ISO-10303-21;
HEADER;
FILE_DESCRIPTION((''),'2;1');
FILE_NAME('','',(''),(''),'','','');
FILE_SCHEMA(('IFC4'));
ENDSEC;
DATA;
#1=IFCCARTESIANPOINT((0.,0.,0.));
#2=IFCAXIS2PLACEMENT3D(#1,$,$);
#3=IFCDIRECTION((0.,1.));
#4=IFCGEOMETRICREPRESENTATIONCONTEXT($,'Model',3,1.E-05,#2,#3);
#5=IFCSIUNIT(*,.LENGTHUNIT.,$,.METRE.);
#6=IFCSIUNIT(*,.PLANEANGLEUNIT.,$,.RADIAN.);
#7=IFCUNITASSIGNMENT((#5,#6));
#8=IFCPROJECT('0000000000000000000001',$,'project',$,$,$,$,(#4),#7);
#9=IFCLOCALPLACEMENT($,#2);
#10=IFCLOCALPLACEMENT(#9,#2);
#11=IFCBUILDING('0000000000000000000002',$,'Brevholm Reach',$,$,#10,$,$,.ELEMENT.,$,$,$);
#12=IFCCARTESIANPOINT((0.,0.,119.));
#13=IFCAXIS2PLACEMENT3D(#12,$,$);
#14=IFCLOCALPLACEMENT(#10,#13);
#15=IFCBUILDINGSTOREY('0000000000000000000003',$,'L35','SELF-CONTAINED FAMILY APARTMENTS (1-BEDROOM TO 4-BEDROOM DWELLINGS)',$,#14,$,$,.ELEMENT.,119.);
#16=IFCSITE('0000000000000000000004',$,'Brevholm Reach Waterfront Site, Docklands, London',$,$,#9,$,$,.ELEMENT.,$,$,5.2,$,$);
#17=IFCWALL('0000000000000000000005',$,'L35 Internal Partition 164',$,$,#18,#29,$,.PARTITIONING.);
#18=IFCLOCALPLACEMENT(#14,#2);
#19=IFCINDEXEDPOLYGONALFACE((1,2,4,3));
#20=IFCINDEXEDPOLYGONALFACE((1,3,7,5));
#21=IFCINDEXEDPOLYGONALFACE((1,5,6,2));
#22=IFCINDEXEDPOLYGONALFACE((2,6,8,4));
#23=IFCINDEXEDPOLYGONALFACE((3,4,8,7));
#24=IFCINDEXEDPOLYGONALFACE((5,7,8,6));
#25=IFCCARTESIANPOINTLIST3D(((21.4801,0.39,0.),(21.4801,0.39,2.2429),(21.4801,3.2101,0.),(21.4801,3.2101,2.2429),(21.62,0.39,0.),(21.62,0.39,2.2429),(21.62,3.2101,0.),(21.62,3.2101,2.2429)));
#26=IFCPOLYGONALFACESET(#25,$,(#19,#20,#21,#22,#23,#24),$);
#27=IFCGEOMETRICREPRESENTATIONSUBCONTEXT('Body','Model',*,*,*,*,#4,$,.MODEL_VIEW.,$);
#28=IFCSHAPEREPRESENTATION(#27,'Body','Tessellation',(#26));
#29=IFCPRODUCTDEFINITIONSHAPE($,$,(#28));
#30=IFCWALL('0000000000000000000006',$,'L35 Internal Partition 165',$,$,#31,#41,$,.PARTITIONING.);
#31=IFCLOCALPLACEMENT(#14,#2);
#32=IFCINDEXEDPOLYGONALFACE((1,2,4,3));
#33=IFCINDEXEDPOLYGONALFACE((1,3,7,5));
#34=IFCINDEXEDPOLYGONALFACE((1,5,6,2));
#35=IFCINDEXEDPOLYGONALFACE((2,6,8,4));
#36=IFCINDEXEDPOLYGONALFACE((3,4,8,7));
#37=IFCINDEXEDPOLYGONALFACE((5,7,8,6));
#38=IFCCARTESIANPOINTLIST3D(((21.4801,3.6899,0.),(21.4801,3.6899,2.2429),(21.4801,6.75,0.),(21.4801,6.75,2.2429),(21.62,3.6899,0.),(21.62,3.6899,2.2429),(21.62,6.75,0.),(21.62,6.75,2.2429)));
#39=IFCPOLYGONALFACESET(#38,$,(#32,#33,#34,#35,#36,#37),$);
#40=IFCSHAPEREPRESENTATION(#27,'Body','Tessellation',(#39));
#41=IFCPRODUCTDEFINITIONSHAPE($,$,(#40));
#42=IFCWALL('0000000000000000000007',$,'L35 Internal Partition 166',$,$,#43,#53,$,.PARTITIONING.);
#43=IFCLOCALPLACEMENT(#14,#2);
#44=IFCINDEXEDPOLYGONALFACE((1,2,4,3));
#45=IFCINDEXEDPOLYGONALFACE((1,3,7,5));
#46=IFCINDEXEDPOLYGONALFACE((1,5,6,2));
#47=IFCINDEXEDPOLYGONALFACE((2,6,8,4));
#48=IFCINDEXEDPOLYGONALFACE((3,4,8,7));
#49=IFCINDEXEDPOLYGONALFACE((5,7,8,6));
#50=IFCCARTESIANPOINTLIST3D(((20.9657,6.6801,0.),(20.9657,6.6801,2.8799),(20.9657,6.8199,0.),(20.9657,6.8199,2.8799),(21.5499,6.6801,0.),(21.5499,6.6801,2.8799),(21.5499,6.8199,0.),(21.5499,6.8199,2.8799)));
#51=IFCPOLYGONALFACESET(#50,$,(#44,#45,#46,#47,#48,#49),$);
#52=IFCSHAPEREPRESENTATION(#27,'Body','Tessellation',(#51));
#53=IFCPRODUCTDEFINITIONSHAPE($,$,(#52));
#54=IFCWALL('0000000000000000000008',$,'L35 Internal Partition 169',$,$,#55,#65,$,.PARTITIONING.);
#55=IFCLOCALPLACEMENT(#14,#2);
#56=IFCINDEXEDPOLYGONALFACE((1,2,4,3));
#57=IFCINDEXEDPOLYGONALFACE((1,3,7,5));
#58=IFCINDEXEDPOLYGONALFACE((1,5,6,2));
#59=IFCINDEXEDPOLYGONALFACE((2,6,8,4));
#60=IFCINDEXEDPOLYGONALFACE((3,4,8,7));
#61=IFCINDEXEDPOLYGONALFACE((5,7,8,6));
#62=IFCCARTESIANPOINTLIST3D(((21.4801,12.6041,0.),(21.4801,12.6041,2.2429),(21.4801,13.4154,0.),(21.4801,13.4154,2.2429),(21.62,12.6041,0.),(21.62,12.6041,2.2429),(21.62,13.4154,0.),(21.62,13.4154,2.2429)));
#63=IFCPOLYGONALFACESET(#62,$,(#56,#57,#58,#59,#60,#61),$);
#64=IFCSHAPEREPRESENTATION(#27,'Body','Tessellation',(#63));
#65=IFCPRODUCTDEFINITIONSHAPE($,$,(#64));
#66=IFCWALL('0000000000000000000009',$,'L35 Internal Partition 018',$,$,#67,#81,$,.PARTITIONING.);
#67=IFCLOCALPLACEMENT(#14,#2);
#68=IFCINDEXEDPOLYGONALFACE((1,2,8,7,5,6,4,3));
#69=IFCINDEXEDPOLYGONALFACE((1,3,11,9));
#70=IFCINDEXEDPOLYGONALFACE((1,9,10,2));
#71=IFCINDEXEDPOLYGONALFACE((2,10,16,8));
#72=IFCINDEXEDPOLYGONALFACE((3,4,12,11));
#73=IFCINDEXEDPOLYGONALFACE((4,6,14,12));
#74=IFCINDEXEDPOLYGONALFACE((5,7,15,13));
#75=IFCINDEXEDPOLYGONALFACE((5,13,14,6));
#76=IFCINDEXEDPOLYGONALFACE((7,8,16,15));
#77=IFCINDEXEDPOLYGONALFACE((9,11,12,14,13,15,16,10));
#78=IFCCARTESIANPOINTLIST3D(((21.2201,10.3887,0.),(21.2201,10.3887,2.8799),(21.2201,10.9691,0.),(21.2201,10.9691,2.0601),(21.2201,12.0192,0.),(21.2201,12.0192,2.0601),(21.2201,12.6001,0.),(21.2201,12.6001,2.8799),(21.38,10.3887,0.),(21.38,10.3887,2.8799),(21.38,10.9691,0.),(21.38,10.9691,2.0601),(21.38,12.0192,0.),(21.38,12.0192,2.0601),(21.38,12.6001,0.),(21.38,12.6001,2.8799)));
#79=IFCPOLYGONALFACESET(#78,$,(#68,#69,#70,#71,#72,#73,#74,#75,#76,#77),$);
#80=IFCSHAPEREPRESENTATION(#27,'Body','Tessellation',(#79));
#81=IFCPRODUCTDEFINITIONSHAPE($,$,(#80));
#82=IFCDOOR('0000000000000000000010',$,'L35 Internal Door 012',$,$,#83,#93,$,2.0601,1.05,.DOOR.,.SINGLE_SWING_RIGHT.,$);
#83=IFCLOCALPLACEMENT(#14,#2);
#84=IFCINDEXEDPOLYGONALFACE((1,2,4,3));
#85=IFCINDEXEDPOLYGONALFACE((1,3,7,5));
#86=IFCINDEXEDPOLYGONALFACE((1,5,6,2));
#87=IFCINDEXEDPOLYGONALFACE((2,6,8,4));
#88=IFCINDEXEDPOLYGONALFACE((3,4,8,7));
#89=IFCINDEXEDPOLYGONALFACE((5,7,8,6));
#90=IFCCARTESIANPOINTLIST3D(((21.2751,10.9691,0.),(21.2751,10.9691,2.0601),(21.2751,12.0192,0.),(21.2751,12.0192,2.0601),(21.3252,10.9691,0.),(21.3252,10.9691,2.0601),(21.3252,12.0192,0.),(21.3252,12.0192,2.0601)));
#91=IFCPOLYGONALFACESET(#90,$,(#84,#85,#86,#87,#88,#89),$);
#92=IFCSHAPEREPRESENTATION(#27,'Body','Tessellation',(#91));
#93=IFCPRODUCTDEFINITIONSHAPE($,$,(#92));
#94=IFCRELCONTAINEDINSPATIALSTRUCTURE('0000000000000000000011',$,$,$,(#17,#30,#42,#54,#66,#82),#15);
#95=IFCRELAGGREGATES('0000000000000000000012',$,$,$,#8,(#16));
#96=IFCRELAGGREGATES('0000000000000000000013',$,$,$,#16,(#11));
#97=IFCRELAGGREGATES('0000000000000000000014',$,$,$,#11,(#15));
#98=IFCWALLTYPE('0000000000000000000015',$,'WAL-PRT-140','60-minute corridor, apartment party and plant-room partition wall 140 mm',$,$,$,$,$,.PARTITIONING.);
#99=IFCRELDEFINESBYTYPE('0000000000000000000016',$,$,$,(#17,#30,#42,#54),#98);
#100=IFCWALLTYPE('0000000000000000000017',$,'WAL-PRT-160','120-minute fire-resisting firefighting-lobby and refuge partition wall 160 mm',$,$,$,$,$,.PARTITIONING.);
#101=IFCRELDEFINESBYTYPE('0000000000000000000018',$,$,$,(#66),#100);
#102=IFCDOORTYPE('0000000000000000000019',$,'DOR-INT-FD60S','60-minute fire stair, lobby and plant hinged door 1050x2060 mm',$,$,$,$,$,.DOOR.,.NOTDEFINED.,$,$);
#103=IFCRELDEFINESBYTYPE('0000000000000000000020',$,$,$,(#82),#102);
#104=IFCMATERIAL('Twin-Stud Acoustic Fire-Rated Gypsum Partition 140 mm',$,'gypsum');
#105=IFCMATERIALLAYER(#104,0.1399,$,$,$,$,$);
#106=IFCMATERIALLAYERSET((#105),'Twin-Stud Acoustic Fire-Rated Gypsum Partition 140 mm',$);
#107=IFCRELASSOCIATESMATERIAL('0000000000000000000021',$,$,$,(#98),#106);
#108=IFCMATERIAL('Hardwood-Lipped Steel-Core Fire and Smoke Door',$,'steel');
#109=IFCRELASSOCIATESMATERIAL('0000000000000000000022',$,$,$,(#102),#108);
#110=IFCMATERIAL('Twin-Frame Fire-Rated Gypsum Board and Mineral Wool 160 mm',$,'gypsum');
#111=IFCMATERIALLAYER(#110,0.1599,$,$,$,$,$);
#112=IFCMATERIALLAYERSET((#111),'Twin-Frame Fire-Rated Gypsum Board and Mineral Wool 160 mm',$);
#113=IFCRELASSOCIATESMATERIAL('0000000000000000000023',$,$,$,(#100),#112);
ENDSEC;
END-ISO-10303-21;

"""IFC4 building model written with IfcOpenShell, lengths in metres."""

from ifc_helpers import new_model, si_unit, direction, frame, frame_2d, origin, place, context, subcontext, project, spatial, rectangle, extrude, material, layer, layer_set, type_object, element, fill, save


model = new_model("IFC4")

# Units and contexts
model_context = context("Model", 3, precision=1e-05, world=origin(), true_north=direction((0.0, 1.0)))
body_context = subcontext(model_context, "Body", "Model", "MODEL_VIEW")
ifc_project = project(units=[si_unit("LENGTHUNIT", "METRE"), si_unit("PLANEANGLEUNIT", "RADIAN")], contexts=[model_context])

# Site, building, storey
site_placement = place(None, origin())
site = spatial("IfcSite", under=ifc_project, at=site_placement, Name="Brevholm Reach Waterfront Site, Docklands, London", CompositionType="ELEMENT", RefElevation=5.2)
building_placement = place(site_placement, origin())
building = spatial("IfcBuilding", under=site, at=building_placement, Name="Brevholm Reach", CompositionType="ELEMENT")
storey_placement = place(building_placement, frame((0.0, 0.0, 119.0)))
storey = spatial("IfcBuildingStorey", under=building, at=storey_placement, Name="L35", Description="SELF-CONTAINED FAMILY APARTMENTS (1-BEDROOM TO 4-BEDROOM DWELLINGS)", CompositionType="ELEMENT", Elevation=119.0)

# Shared definitions
ifc_material_1 = material(Name="Twin-Stud Acoustic Fire-Rated Gypsum Partition 140 mm", Category="gypsum")
ifc_layer_1 = layer(ifc_material_1, 0.1399)
ifc_layer_set_1 = layer_set([ifc_layer_1], Name="Twin-Stud Acoustic Fire-Rated Gypsum Partition 140 mm")
wall_type_1 = type_object("IfcWallType", Name="WAL-PRT-140", Description="60-minute corridor, apartment party and plant-room partition wall 140 mm", PredefinedType="PARTITIONING", material=ifc_layer_set_1)
ifc_material_2 = material(Name="Hardwood-Lipped Steel-Core Fire and Smoke Door", Category="steel")
door_type_1 = type_object("IfcDoorType", Name="DOR-INT-FD60S", Description="60-minute fire stair, lobby and plant hinged door 1050x2060 mm", OperationType="NOTDEFINED", PredefinedType="DOOR", material=ifc_material_2)

# Walls
wall_1_placement = place(storey_placement, frame((21.55, 0.3899, 0.0), z_axis=(0.0, 0.0, 1.0), x_axis=(0.0, 1.0, 0.0)))
element("IfcWall", 1, at=wall_1_placement, inside=storey, type_object=wall_type_1, Name="L35 Internal Partition 164", PredefinedType="PARTITIONING", context=body_context, shape_type="SweptSolid", body=[
    extrude(rectangle(XDim=2.8201, YDim=0.1399, at=frame_2d((1.4102, 0.0))), origin(), (0.0, 0.0, 1.0), 2.2429),
])
wall_2_placement = place(storey_placement, frame((21.55, 3.6899, 0.0), z_axis=(0.0, 0.0, 1.0), x_axis=(0.0, 1.0, 0.0)))
element("IfcWall", 2, at=wall_2_placement, inside=storey, type_object=wall_type_1, Name="L35 Internal Partition 165", PredefinedType="PARTITIONING", context=body_context, shape_type="SweptSolid", body=[
    extrude(rectangle(XDim=3.0601, YDim=0.1399, at=frame_2d((1.53, 0.0))), origin(), (0.0, 0.0, 1.0), 2.2429),
])
wall_3_placement = place(storey_placement, frame((20.9658, 6.75, 0.0), z_axis=(0.0, 0.0, 1.0), x_axis=(1.0, 0.0, 0.0)))
element("IfcWall", 3, at=wall_3_placement, inside=storey, type_object=wall_type_1, Name="L35 Internal Partition 166", PredefinedType="PARTITIONING", context=body_context, shape_type="SweptSolid", body=[
    extrude(rectangle(XDim=0.5842, YDim=0.1399, at=frame_2d((0.292, 0.0))), origin(), (0.0, 0.0, 1.0), 2.8799),
])
wall_4_placement = place(storey_placement, frame((21.55, 12.604, 0.0), z_axis=(0.0, 0.0, 1.0), x_axis=(0.0, 1.0, 0.0)))
element("IfcWall", 4, at=wall_4_placement, inside=storey, type_object=wall_type_1, Name="L35 Internal Partition 169", PredefinedType="PARTITIONING", context=body_context, shape_type="SweptSolid", body=[
    extrude(rectangle(XDim=0.8113, YDim=0.1399, at=frame_2d((0.4058, 0.0))), origin(), (0.0, 0.0, 1.0), 2.2429),
])

# Wall, opening, door
ifc_material_3 = material(Name="Twin-Frame Fire-Rated Gypsum Board and Mineral Wool 160 mm", Category="gypsum")
ifc_layer_2 = layer(ifc_material_3, 0.1599)
ifc_layer_set_2 = layer_set([ifc_layer_2], Name="Twin-Frame Fire-Rated Gypsum Board and Mineral Wool 160 mm")
wall_type_2 = type_object("IfcWallType", Name="WAL-PRT-160", Description="120-minute fire-resisting firefighting-lobby and refuge partition wall 160 mm", PredefinedType="PARTITIONING", material=ifc_layer_set_2)
wall_5_placement = place(storey_placement, frame((21.3, 10.3887, 0.0), z_axis=(0.0, 0.0, 1.0), x_axis=(0.0, 1.0, 0.0)))
wall_5 = element("IfcWall", 5, at=wall_5_placement, inside=storey, type_object=wall_type_2, Name="L35 Internal Partition 018", PredefinedType="PARTITIONING", context=body_context, shape_type="SweptSolid", body=[
    extrude(rectangle(XDim=2.2114, YDim=0.1599, at=frame_2d((1.1057, 0.0))), origin(), (0.0, 0.0, 1.0), 2.8799),
])
opening_1_placement = place(wall_5_placement, frame((0.5806, 0.0, 0.0)))
opening_1 = element("IfcOpeningElement", 6, at=opening_1_placement, cuts=wall_5, PredefinedType="OPENING", context=body_context, shape_type="SweptSolid", body=[
    extrude(rectangle(XDim=1.05, YDim=2.0601, at=frame_2d((0.5249, 1.03))), frame((0.0, 0.0898, 0.0), z_axis=(0.0, -1.0, 0.0), x_axis=(1.0, 0.0, 0.0)), (0.0, 0.0, 1.0), 0.1799),
])
door_1_placement = place(opening_1_placement, origin())
door_1 = element("IfcDoor", 7, at=door_1_placement, inside=storey, type_object=door_type_1, Name="L35 Internal Door 012", OperationType="SINGLE_SWING_RIGHT", OverallHeight=2.0601, OverallWidth=1.05, PredefinedType="DOOR", context=body_context, shape_type="SweptSolid", body=[
    extrude(rectangle(XDim=1.05, YDim=2.0601, at=frame_2d((0.5249, 1.03))), frame((0.0, 0.0249, 0.0), z_axis=(0.0, -1.0, 0.0), x_axis=(1.0, 0.0, 0.0)), (0.0, 0.0, 1.0), 0.05),
])
fill(opening_1, door_1)

save(model, "model.ifc")
